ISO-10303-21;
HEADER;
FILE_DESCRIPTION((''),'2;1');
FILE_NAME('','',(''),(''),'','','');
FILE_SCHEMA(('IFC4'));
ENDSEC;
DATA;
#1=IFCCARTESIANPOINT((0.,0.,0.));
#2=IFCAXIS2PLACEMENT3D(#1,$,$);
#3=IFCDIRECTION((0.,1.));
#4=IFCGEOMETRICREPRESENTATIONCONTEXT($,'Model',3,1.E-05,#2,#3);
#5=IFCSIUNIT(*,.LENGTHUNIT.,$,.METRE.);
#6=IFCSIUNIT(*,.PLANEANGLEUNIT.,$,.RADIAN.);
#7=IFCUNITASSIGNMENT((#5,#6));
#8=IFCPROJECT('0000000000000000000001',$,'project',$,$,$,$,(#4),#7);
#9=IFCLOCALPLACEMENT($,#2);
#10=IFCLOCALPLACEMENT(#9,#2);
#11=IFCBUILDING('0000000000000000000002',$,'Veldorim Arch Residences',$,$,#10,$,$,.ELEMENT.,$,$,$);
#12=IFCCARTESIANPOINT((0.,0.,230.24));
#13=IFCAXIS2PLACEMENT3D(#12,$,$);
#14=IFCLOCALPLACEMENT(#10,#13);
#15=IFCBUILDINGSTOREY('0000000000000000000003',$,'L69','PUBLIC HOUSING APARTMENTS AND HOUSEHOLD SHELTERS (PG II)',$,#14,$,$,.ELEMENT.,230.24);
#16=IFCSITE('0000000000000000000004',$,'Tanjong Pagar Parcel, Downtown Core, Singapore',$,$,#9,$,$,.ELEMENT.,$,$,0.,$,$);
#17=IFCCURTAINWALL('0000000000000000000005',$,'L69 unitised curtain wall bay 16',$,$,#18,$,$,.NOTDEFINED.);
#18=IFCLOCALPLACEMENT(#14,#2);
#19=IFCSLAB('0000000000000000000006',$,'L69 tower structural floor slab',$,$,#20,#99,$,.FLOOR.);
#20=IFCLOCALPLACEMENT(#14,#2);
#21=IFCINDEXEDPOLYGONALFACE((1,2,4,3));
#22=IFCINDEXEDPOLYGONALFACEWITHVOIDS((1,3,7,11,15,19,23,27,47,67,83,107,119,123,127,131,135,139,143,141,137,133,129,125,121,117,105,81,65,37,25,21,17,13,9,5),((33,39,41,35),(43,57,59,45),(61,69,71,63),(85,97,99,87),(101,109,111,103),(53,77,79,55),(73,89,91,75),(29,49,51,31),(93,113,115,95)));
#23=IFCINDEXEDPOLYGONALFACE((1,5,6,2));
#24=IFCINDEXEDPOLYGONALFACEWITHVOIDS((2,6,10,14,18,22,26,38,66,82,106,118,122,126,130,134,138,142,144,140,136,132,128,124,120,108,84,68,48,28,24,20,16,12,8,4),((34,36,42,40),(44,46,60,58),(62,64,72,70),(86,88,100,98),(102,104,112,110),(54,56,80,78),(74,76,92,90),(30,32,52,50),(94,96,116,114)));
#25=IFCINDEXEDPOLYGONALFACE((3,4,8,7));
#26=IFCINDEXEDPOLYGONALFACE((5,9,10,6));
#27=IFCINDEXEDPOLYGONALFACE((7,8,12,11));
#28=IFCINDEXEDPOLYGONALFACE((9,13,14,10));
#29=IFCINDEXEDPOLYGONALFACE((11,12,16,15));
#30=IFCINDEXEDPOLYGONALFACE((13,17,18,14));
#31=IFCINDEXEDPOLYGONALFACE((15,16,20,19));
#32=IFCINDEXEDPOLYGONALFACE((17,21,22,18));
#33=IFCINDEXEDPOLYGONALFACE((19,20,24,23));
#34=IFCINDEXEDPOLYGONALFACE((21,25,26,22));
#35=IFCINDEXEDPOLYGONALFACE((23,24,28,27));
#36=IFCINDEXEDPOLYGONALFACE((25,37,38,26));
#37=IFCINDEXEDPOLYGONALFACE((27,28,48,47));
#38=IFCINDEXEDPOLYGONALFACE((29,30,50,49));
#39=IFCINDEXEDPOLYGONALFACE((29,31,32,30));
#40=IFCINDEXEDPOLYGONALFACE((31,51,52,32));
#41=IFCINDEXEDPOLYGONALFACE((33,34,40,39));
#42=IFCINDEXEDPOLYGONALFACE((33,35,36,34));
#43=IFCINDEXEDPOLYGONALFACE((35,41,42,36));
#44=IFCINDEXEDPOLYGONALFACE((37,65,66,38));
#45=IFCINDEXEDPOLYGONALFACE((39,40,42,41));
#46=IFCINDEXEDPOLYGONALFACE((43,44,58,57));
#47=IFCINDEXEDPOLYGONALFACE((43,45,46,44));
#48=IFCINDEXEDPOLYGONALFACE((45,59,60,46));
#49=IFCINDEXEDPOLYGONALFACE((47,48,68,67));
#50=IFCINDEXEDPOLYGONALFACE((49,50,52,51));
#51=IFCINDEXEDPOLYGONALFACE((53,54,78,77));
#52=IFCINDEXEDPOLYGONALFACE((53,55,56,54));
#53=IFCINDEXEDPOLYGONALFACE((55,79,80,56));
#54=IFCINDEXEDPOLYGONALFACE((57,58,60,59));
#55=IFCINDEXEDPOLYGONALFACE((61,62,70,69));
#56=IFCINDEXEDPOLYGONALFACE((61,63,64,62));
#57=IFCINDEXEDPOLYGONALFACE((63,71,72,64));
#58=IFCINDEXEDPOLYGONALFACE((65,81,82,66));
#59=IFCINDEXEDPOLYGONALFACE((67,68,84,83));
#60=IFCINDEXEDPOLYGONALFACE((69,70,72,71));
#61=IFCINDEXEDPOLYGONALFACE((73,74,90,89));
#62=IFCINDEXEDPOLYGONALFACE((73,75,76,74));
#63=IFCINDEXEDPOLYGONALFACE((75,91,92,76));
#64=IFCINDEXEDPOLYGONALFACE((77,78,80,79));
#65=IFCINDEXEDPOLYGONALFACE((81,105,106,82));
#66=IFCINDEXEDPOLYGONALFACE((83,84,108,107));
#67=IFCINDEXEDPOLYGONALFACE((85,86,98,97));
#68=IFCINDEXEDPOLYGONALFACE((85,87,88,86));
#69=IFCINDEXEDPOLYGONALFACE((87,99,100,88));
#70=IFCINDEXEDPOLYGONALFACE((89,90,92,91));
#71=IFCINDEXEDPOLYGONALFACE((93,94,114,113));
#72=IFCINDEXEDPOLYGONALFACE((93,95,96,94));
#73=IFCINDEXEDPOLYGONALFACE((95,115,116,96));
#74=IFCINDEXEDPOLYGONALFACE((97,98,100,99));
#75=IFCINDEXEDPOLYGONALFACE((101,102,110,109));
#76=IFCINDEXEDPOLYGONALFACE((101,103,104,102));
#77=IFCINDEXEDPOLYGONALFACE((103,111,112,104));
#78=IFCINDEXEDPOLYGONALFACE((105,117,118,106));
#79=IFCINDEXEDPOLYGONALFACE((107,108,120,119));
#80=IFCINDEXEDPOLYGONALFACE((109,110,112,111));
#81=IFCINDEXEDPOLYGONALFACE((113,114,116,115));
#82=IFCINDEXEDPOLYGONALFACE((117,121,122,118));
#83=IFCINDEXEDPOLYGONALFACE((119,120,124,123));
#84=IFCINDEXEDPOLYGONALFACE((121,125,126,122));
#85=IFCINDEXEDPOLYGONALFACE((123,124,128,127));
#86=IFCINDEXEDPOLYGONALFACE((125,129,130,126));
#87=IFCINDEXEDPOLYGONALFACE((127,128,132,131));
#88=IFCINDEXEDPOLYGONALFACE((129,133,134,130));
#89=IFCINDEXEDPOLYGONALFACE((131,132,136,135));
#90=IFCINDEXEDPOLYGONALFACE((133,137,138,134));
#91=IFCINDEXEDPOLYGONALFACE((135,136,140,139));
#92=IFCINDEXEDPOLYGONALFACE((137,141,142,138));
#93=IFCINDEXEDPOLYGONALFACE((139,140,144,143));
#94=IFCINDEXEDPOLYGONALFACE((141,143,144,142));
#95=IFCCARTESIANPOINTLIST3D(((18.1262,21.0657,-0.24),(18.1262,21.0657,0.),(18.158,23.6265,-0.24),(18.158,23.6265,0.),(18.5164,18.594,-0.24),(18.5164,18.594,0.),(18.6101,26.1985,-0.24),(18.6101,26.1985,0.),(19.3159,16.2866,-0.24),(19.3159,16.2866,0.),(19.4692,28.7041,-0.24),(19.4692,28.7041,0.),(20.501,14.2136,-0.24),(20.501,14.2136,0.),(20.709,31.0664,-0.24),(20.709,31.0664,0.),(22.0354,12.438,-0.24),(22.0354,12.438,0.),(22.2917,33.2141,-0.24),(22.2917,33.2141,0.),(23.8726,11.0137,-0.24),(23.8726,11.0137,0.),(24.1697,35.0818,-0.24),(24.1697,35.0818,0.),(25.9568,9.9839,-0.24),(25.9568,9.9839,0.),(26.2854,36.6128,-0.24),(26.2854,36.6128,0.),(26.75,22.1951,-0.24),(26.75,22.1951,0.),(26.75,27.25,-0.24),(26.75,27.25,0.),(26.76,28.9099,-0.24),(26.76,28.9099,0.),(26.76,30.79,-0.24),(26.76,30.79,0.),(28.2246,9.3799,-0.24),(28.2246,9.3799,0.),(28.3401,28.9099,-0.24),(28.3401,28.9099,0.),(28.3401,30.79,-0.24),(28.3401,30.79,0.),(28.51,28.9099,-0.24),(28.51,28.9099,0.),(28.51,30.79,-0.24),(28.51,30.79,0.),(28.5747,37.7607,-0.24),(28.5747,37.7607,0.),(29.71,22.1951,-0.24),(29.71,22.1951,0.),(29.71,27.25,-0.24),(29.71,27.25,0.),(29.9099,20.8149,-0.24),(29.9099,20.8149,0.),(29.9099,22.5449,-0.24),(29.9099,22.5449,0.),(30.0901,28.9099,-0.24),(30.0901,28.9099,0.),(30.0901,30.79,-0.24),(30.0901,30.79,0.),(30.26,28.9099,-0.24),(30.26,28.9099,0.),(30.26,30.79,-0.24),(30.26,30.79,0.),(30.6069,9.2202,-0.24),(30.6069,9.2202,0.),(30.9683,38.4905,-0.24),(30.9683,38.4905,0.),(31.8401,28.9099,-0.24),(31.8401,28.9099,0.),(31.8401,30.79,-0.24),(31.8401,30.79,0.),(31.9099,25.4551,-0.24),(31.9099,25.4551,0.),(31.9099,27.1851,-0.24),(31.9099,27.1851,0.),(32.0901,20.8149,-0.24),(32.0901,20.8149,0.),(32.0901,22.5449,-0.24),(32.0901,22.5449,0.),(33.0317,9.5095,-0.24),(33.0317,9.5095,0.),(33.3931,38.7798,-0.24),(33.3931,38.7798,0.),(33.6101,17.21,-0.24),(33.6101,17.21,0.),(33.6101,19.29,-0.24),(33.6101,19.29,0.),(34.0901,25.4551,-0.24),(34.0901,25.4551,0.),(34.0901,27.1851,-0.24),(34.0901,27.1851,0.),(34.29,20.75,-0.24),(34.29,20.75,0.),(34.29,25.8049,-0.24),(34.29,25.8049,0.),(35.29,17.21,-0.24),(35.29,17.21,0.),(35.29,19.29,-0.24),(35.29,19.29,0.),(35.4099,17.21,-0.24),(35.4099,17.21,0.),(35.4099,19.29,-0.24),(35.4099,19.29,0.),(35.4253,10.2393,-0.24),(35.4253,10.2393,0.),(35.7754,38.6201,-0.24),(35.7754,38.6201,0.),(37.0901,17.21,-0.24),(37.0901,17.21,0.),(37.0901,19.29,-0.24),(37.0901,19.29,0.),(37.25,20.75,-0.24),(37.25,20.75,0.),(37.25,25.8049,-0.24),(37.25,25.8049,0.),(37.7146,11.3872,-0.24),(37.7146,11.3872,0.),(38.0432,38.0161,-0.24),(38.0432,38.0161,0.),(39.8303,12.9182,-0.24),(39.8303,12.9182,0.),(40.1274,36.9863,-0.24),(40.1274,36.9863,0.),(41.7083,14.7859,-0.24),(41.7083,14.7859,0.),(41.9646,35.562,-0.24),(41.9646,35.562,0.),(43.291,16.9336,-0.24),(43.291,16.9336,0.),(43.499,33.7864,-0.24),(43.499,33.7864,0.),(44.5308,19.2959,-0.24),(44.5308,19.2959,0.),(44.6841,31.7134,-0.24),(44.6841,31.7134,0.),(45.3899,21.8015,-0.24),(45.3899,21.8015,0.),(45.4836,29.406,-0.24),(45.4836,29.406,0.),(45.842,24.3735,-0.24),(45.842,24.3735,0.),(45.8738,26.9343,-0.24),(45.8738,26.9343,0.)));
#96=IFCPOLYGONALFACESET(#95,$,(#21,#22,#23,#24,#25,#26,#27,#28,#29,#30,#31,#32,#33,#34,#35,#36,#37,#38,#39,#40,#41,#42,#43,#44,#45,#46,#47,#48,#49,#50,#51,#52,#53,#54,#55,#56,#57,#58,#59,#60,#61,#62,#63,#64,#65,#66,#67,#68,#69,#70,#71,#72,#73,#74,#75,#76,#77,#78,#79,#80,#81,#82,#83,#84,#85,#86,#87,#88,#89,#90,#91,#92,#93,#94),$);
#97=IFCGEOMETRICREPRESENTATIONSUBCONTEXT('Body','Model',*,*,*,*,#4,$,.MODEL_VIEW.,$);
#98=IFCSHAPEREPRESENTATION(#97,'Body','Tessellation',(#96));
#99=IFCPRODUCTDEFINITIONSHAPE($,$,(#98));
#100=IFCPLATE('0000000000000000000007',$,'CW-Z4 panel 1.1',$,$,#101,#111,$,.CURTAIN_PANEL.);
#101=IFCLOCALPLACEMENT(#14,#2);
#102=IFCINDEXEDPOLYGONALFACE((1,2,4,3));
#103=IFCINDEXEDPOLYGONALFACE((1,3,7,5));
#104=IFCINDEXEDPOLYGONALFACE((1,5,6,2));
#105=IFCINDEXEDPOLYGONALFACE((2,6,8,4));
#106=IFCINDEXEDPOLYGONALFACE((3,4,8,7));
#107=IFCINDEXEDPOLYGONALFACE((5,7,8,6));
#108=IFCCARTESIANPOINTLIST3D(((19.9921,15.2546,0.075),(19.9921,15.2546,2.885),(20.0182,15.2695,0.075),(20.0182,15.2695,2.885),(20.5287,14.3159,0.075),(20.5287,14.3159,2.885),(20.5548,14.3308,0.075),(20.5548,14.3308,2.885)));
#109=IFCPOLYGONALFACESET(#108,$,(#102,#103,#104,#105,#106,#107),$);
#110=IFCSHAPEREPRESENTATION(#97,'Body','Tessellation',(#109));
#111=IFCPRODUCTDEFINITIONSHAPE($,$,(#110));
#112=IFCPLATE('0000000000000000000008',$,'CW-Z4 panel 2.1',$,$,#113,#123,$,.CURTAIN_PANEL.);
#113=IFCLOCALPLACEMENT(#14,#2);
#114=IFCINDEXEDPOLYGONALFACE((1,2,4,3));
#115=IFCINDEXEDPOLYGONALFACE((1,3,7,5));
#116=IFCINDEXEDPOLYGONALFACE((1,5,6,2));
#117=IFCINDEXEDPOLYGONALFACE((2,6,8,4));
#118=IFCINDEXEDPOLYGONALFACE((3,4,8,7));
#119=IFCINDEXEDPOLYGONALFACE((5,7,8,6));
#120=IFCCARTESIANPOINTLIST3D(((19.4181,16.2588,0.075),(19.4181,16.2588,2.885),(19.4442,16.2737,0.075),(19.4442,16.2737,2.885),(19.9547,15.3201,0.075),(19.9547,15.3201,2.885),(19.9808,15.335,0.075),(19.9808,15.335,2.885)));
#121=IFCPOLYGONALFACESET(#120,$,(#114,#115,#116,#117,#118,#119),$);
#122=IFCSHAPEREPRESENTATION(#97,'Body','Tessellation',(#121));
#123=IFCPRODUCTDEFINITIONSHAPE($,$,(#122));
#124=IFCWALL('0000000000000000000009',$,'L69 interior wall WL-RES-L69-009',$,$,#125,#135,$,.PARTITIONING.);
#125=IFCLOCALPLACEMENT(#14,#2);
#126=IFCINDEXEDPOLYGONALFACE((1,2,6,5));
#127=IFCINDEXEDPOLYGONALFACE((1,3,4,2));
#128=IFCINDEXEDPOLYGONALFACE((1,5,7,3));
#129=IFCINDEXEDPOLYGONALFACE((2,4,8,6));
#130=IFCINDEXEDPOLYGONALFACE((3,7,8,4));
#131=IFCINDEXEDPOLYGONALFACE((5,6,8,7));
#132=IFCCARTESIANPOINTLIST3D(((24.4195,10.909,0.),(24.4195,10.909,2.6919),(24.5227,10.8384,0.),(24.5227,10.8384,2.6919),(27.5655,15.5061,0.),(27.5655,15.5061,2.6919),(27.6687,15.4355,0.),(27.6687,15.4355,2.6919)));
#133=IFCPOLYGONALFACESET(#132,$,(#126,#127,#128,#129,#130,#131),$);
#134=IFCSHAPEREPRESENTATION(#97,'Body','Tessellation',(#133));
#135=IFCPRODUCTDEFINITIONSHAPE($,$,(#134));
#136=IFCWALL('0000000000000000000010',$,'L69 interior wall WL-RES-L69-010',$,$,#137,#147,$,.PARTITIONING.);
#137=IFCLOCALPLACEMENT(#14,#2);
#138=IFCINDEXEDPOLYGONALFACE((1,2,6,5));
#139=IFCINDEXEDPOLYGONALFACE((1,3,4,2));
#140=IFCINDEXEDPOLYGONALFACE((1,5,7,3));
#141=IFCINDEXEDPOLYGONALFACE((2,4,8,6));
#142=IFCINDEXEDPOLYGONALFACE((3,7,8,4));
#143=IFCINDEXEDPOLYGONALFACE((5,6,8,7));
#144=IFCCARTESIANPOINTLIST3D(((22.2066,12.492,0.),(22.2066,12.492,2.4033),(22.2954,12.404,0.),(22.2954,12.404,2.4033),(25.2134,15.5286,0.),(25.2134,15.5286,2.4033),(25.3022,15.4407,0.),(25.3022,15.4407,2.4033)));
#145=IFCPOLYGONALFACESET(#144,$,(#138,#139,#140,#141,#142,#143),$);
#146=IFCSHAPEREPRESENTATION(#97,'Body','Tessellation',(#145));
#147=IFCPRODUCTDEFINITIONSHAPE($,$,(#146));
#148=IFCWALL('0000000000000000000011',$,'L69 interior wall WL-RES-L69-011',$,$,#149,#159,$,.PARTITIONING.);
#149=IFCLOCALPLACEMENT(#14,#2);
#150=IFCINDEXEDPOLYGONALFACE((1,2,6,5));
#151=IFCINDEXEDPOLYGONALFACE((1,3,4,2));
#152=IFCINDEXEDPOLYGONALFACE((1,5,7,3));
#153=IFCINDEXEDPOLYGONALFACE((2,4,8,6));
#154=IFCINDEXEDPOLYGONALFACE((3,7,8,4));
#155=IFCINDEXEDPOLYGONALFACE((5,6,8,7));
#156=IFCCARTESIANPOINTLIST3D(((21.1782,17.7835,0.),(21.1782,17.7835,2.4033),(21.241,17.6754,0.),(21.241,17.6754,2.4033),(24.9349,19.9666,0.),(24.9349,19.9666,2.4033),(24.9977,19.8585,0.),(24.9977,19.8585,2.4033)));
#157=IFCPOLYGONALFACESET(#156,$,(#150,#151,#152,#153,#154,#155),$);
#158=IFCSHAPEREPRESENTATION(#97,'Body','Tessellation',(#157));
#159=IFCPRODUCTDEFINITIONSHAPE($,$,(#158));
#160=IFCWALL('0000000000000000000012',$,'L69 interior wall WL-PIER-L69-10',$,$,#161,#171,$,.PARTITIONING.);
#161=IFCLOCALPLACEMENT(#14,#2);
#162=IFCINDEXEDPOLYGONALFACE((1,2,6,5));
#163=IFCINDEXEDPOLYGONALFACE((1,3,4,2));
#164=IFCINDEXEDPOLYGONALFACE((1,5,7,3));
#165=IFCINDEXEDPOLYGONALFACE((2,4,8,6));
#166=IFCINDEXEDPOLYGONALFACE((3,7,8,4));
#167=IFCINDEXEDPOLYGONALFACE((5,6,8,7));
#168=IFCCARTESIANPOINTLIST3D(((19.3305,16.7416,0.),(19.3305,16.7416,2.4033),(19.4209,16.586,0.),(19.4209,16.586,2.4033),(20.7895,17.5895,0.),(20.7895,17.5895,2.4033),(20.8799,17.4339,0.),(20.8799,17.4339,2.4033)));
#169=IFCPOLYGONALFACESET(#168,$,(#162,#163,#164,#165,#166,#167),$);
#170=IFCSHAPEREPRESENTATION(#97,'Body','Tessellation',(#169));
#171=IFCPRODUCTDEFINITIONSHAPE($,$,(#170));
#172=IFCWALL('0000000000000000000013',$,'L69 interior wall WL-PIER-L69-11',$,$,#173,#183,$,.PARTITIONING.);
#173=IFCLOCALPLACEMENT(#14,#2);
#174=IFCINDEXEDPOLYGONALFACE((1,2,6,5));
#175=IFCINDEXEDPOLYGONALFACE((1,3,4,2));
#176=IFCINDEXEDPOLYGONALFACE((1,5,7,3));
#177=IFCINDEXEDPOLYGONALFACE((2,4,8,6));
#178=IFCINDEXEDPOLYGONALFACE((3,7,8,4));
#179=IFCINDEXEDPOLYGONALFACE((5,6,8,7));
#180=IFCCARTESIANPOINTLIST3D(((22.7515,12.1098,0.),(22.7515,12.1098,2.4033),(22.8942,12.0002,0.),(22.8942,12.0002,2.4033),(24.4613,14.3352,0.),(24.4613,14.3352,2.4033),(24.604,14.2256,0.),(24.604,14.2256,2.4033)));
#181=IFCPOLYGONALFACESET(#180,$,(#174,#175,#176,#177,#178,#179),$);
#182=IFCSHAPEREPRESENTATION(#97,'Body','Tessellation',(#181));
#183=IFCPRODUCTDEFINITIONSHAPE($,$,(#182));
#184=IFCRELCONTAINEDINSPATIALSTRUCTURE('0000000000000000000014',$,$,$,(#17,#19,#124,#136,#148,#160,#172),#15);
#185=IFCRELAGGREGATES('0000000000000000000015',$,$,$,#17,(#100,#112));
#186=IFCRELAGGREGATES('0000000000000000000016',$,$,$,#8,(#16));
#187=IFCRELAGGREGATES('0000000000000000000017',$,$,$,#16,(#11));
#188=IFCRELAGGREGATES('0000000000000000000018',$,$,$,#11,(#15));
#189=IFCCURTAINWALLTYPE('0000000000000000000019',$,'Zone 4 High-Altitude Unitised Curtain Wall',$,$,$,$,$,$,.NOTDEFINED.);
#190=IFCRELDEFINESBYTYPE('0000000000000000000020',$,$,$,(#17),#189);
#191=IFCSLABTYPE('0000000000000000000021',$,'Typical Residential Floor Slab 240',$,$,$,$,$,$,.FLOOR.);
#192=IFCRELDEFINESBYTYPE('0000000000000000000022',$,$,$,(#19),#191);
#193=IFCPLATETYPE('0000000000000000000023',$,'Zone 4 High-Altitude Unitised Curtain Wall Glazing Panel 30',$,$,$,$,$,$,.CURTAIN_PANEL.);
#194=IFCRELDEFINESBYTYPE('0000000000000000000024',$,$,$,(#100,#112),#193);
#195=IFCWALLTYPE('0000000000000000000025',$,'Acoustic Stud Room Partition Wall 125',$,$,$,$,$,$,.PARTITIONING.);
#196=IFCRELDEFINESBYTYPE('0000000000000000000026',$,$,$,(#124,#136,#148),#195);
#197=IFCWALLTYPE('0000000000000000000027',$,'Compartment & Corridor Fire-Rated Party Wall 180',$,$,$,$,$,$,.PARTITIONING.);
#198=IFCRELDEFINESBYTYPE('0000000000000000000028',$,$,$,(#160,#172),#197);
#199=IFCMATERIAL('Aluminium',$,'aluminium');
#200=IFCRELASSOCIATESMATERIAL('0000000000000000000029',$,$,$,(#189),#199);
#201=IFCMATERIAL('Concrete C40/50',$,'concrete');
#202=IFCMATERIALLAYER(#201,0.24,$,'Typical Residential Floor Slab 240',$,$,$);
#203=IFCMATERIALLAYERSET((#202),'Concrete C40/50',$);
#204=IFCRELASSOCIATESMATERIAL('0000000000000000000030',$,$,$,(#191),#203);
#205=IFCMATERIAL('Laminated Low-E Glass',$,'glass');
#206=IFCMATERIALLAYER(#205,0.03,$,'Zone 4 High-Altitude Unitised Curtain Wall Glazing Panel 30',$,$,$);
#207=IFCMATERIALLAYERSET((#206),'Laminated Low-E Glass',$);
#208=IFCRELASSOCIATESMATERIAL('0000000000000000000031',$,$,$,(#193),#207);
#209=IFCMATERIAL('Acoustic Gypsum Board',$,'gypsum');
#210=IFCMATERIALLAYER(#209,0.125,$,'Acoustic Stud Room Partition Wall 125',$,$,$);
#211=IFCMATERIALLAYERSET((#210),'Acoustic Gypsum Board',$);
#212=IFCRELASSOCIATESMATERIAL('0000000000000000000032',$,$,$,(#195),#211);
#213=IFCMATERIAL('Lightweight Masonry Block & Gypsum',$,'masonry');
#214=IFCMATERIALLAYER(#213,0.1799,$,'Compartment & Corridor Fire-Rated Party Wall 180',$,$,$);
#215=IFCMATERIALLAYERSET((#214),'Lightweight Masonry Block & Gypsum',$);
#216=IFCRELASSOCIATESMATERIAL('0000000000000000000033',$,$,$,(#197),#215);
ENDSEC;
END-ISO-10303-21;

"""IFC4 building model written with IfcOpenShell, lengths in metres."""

from ifc_helpers import new_model, si_unit, direction, frame, frame_2d, origin, origin_2d, place, context, subcontext, project, spatial, polyline, rectangle, outline, extrude, material, layer, layer_set, type_object, element, aggregate, save


model = new_model("IFC4")

# Units and contexts
model_context = context("Model", 3, precision=1e-05, world=origin(), true_north=direction((0.0, 1.0)))
body_context = subcontext(model_context, "Body", "Model", "MODEL_VIEW")
ifc_project = project(units=[si_unit("LENGTHUNIT", "METRE"), si_unit("PLANEANGLEUNIT", "RADIAN")], contexts=[model_context])

# Site, building, storey
site_placement = place(None, origin())
site = spatial("IfcSite", under=ifc_project, at=site_placement, Name="Tanjong Pagar Parcel, Downtown Core, Singapore", CompositionType="ELEMENT", RefElevation=0.0)
building_placement = place(site_placement, origin())
building = spatial("IfcBuilding", under=site, at=building_placement, Name="Veldorim Arch Residences", CompositionType="ELEMENT")
storey_placement = place(building_placement, frame((0.0, 0.0, 230.24)))
storey = spatial("IfcBuildingStorey", under=building, at=storey_placement, Name="L69", Description="PUBLIC HOUSING APARTMENTS AND HOUSEHOLD SHELTERS (PG II)", CompositionType="ELEMENT", Elevation=230.24)

# Curtain wall
ifc_material_1 = material(Name="Aluminium", Category="aluminium")
curtain_wall_type = type_object("IfcCurtainWallType", Name="Zone 4 High-Altitude Unitised Curtain Wall", PredefinedType="NOTDEFINED", material=ifc_material_1)
curtain_wall_placement = place(storey_placement, origin())
curtain_wall = element("IfcCurtainWall", 1, at=curtain_wall_placement, inside=storey, type_object=curtain_wall_type, Name="L69 unitised curtain wall bay 16", PredefinedType="NOTDEFINED")

# Slab
ifc_material_2 = material(Name="Concrete C40/50", Category="concrete")
ifc_layer_1 = layer(ifc_material_2, 0.24, Name="Typical Residential Floor Slab 240")
ifc_layer_set_1 = layer_set([ifc_layer_1], Name="Concrete C40/50")
slab_type_1 = type_object("IfcSlabType", Name="Typical Residential Floor Slab 240", PredefinedType="FLOOR", material=ifc_layer_set_1)
slab_1_placement = place(storey_placement, frame((0.0, 0.0, -0.24)))
element("IfcSlab", 2, at=slab_1_placement, inside=storey, type_object=slab_type_1, Name="L69 tower structural floor slab", PredefinedType="FLOOR", context=body_context, shape_type="SweptSolid", body=[
    extrude(outline(polyline([(40.1274, 36.9863), (38.0432, 38.0161), (35.7754, 38.6201), (33.3931, 38.7798), (30.9683, 38.4905), (28.5747, 37.7607), (26.2854, 36.6128), (24.1697, 35.0818), (22.2917, 33.2141), (20.709, 31.0664), (19.4692, 28.7041), (18.6101, 26.1985), (18.158, 23.6265), (18.1262, 21.0657), (18.5164, 18.594), (19.3159, 16.2866), (20.501, 14.2136), (22.0354, 12.438), (23.8726, 11.0137), (25.9568, 9.9839), (28.2246, 9.3799), (30.6069, 9.2202), (33.0317, 9.5095), (35.4253, 10.2393), (37.7146, 11.3872), (39.8303, 12.9182), (41.7083, 14.7859), (43.291, 16.9336), (44.5308, 19.2959), (45.3899, 21.8015), (45.842, 24.3735), (45.8738, 26.9343), (45.4836, 29.406), (44.6841, 31.7134), (43.499, 33.7864), (41.9646, 35.562), (40.1274, 36.9863)]), holes=[polyline([(33.6101, 17.21), (33.6101, 19.29), (35.29, 19.29), (35.29, 17.21), (33.6101, 17.21)]), polyline([(35.4099, 17.21), (35.4099, 19.29), (37.0901, 19.29), (37.0901, 17.21), (35.4099, 17.21)]), polyline([(29.9099, 20.8149), (29.9099, 22.5449), (32.0901, 22.5449), (32.0901, 20.8149), (29.9099, 20.8149)]), polyline([(34.29, 20.75), (34.29, 25.8049), (37.25, 25.8049), (37.25, 20.75), (34.29, 20.75)]), polyline([(26.75, 22.1951), (26.75, 27.25), (29.71, 27.25), (29.71, 22.1951), (26.75, 22.1951)]), polyline([(31.9099, 25.4551), (31.9099, 27.1851), (34.0901, 27.1851), (34.0901, 25.4551), (31.9099, 25.4551)]), polyline([(26.76, 28.9099), (26.76, 30.79), (28.3401, 30.79), (28.3401, 28.9099), (26.76, 28.9099)]), polyline([(28.51, 30.79), (30.0901, 30.79), (30.0901, 28.9099), (28.51, 28.9099), (28.51, 30.79)]), polyline([(30.26, 30.79), (31.8401, 30.79), (31.8401, 28.9099), (30.26, 28.9099), (30.26, 30.79)])]), origin(), (0.0, 0.0, 1.0), 0.24),
])

# Plates
ifc_material_3 = material(Name="Laminated Low-E Glass", Category="glass")
ifc_layer_2 = layer(ifc_material_3, 0.03, Name="Zone 4 High-Altitude Unitised Curtain Wall Glazing Panel 30")
ifc_layer_set_2 = layer_set([ifc_layer_2], Name="Laminated Low-E Glass")
plate_type = type_object("IfcPlateType", Name="Zone 4 High-Altitude Unitised Curtain Wall Glazing Panel 30", PredefinedType="CURTAIN_PANEL", material=ifc_layer_set_2)
plate_1_placement = place(storey_placement, frame((20.2734, 14.7927, 0.075), z_axis=(0.0, 0.0, 1.0), x_axis=(-0.496274, 0.868166, 0.0)))
plate_1 = element("IfcPlate", 3, at=plate_1_placement, type_object=plate_type, Name="CW-Z4 panel 1.1", PredefinedType="CURTAIN_PANEL", context=body_context, shape_type="SweptSolid", body=[
    extrude(rectangle(XDim=1.0813, YDim=0.03, at=origin_2d()), origin(), (0.0, 0.0, 1.0), 2.8101),
])
plate_2_placement = place(storey_placement, frame((19.6995, 15.7969, 0.075), z_axis=(0.0, 0.0, 1.0), x_axis=(-0.496274, 0.868166, 0.0)))
plate_2 = element("IfcPlate", 4, at=plate_2_placement, type_object=plate_type, Name="CW-Z4 panel 2.1", PredefinedType="CURTAIN_PANEL", context=body_context, shape_type="SweptSolid", body=[
    extrude(rectangle(XDim=1.0813, YDim=0.03, at=origin_2d()), origin(), (0.0, 0.0, 1.0), 2.8101),
])
aggregate(curtain_wall, [plate_1, plate_2])

# Walls
ifc_material_4 = material(Name="Acoustic Gypsum Board", Category="gypsum")
ifc_layer_3 = layer(ifc_material_4, 0.125, Name="Acoustic Stud Room Partition Wall 125")
ifc_layer_set_3 = layer_set([ifc_layer_3], Name="Acoustic Gypsum Board")
wall_type_1 = type_object("IfcWallType", Name="Acoustic Stud Room Partition Wall 125", PredefinedType="PARTITIONING", material=ifc_layer_set_3)
wall_1_placement = place(storey_placement, frame((24.4712, 10.8738, 0.0), z_axis=(0.0, 0.0, 1.0), x_axis=(0.564753, 0.82526, 0.0)))
element("IfcWall", 5, at=wall_1_placement, inside=storey, type_object=wall_type_1, Name="L69 interior wall WL-RES-L69-009", PredefinedType="PARTITIONING", context=body_context, shape_type="SweptSolid", body=[
    extrude(rectangle(XDim=5.5706, YDim=0.125, at=frame_2d((2.7852, 0.0))), origin(), (0.0, 0.0, 1.0), 2.6919),
])
wall_2_placement = place(storey_placement, frame((22.251, 12.448, 0.0), z_axis=(0.0, 0.0, 1.0), x_axis=(0.703613, 0.710583, 0.0)))
element("IfcWall", 6, at=wall_2_placement, inside=storey, type_object=wall_type_1, Name="L69 interior wall WL-RES-L69-010", PredefinedType="PARTITIONING", context=body_context, shape_type="SweptSolid", body=[
    extrude(rectangle(XDim=4.2734, YDim=0.125, at=frame_2d((2.1367, 0.0))), origin(), (0.0, 0.0, 1.0), 2.4033),
])
wall_3_placement = place(storey_placement, frame((21.2097, 17.7295, 0.0), z_axis=(0.0, 0.0, 1.0), x_axis=(0.864603, 0.502455, 0.0)))
element("IfcWall", 7, at=wall_3_placement, inside=storey, type_object=wall_type_1, Name="L69 interior wall WL-RES-L69-011", PredefinedType="PARTITIONING", context=body_context, shape_type="SweptSolid", body=[
    extrude(rectangle(XDim=4.345, YDim=0.125, at=frame_2d((2.1724, 0.0))), origin(), (0.0, 0.0, 1.0), 2.4033),
])
ifc_material_5 = material(Name="Lightweight Masonry Block & Gypsum", Category="masonry")
ifc_layer_4 = layer(ifc_material_5, 0.1799, Name="Compartment & Corridor Fire-Rated Party Wall 180")
ifc_layer_set_4 = layer_set([ifc_layer_4], Name="Lightweight Masonry Block & Gypsum")
wall_type_2 = type_object("IfcWallType", Name="Compartment & Corridor Fire-Rated Party Wall 180", PredefinedType="PARTITIONING", material=ifc_layer_set_4)
wall_4_placement = place(storey_placement, frame((20.8347, 17.5117, 0.0), z_axis=(0.0, 0.0, 1.0), x_axis=(-0.864596, -0.502467, 0.0)))
element("IfcWall", 8, at=wall_4_placement, inside=storey, type_object=wall_type_2, Name="L69 interior wall WL-PIER-L69-10", PredefinedType="PARTITIONING", context=body_context, shape_type="SweptSolid", body=[
    extrude(rectangle(XDim=1.6875, YDim=0.1799, at=frame_2d((0.8438, 0.0))), origin(), (0.0, 0.0, 1.0), 2.4033),
])
wall_5_placement = place(storey_placement, frame((24.5327, 14.2805, 0.0), z_axis=(0.0, 0.0, 1.0), x_axis=(-0.609244, -0.792983, 0.0)))
element("IfcWall", 9, at=wall_5_placement, inside=storey, type_object=wall_type_2, Name="L69 interior wall WL-PIER-L69-11", PredefinedType="PARTITIONING", context=body_context, shape_type="SweptSolid", body=[
    extrude(rectangle(XDim=2.8064, YDim=0.1799, at=frame_2d((1.4033, 0.0))), origin(), (0.0, 0.0, 1.0), 2.4033),
])

save(model, "model.ifc")
